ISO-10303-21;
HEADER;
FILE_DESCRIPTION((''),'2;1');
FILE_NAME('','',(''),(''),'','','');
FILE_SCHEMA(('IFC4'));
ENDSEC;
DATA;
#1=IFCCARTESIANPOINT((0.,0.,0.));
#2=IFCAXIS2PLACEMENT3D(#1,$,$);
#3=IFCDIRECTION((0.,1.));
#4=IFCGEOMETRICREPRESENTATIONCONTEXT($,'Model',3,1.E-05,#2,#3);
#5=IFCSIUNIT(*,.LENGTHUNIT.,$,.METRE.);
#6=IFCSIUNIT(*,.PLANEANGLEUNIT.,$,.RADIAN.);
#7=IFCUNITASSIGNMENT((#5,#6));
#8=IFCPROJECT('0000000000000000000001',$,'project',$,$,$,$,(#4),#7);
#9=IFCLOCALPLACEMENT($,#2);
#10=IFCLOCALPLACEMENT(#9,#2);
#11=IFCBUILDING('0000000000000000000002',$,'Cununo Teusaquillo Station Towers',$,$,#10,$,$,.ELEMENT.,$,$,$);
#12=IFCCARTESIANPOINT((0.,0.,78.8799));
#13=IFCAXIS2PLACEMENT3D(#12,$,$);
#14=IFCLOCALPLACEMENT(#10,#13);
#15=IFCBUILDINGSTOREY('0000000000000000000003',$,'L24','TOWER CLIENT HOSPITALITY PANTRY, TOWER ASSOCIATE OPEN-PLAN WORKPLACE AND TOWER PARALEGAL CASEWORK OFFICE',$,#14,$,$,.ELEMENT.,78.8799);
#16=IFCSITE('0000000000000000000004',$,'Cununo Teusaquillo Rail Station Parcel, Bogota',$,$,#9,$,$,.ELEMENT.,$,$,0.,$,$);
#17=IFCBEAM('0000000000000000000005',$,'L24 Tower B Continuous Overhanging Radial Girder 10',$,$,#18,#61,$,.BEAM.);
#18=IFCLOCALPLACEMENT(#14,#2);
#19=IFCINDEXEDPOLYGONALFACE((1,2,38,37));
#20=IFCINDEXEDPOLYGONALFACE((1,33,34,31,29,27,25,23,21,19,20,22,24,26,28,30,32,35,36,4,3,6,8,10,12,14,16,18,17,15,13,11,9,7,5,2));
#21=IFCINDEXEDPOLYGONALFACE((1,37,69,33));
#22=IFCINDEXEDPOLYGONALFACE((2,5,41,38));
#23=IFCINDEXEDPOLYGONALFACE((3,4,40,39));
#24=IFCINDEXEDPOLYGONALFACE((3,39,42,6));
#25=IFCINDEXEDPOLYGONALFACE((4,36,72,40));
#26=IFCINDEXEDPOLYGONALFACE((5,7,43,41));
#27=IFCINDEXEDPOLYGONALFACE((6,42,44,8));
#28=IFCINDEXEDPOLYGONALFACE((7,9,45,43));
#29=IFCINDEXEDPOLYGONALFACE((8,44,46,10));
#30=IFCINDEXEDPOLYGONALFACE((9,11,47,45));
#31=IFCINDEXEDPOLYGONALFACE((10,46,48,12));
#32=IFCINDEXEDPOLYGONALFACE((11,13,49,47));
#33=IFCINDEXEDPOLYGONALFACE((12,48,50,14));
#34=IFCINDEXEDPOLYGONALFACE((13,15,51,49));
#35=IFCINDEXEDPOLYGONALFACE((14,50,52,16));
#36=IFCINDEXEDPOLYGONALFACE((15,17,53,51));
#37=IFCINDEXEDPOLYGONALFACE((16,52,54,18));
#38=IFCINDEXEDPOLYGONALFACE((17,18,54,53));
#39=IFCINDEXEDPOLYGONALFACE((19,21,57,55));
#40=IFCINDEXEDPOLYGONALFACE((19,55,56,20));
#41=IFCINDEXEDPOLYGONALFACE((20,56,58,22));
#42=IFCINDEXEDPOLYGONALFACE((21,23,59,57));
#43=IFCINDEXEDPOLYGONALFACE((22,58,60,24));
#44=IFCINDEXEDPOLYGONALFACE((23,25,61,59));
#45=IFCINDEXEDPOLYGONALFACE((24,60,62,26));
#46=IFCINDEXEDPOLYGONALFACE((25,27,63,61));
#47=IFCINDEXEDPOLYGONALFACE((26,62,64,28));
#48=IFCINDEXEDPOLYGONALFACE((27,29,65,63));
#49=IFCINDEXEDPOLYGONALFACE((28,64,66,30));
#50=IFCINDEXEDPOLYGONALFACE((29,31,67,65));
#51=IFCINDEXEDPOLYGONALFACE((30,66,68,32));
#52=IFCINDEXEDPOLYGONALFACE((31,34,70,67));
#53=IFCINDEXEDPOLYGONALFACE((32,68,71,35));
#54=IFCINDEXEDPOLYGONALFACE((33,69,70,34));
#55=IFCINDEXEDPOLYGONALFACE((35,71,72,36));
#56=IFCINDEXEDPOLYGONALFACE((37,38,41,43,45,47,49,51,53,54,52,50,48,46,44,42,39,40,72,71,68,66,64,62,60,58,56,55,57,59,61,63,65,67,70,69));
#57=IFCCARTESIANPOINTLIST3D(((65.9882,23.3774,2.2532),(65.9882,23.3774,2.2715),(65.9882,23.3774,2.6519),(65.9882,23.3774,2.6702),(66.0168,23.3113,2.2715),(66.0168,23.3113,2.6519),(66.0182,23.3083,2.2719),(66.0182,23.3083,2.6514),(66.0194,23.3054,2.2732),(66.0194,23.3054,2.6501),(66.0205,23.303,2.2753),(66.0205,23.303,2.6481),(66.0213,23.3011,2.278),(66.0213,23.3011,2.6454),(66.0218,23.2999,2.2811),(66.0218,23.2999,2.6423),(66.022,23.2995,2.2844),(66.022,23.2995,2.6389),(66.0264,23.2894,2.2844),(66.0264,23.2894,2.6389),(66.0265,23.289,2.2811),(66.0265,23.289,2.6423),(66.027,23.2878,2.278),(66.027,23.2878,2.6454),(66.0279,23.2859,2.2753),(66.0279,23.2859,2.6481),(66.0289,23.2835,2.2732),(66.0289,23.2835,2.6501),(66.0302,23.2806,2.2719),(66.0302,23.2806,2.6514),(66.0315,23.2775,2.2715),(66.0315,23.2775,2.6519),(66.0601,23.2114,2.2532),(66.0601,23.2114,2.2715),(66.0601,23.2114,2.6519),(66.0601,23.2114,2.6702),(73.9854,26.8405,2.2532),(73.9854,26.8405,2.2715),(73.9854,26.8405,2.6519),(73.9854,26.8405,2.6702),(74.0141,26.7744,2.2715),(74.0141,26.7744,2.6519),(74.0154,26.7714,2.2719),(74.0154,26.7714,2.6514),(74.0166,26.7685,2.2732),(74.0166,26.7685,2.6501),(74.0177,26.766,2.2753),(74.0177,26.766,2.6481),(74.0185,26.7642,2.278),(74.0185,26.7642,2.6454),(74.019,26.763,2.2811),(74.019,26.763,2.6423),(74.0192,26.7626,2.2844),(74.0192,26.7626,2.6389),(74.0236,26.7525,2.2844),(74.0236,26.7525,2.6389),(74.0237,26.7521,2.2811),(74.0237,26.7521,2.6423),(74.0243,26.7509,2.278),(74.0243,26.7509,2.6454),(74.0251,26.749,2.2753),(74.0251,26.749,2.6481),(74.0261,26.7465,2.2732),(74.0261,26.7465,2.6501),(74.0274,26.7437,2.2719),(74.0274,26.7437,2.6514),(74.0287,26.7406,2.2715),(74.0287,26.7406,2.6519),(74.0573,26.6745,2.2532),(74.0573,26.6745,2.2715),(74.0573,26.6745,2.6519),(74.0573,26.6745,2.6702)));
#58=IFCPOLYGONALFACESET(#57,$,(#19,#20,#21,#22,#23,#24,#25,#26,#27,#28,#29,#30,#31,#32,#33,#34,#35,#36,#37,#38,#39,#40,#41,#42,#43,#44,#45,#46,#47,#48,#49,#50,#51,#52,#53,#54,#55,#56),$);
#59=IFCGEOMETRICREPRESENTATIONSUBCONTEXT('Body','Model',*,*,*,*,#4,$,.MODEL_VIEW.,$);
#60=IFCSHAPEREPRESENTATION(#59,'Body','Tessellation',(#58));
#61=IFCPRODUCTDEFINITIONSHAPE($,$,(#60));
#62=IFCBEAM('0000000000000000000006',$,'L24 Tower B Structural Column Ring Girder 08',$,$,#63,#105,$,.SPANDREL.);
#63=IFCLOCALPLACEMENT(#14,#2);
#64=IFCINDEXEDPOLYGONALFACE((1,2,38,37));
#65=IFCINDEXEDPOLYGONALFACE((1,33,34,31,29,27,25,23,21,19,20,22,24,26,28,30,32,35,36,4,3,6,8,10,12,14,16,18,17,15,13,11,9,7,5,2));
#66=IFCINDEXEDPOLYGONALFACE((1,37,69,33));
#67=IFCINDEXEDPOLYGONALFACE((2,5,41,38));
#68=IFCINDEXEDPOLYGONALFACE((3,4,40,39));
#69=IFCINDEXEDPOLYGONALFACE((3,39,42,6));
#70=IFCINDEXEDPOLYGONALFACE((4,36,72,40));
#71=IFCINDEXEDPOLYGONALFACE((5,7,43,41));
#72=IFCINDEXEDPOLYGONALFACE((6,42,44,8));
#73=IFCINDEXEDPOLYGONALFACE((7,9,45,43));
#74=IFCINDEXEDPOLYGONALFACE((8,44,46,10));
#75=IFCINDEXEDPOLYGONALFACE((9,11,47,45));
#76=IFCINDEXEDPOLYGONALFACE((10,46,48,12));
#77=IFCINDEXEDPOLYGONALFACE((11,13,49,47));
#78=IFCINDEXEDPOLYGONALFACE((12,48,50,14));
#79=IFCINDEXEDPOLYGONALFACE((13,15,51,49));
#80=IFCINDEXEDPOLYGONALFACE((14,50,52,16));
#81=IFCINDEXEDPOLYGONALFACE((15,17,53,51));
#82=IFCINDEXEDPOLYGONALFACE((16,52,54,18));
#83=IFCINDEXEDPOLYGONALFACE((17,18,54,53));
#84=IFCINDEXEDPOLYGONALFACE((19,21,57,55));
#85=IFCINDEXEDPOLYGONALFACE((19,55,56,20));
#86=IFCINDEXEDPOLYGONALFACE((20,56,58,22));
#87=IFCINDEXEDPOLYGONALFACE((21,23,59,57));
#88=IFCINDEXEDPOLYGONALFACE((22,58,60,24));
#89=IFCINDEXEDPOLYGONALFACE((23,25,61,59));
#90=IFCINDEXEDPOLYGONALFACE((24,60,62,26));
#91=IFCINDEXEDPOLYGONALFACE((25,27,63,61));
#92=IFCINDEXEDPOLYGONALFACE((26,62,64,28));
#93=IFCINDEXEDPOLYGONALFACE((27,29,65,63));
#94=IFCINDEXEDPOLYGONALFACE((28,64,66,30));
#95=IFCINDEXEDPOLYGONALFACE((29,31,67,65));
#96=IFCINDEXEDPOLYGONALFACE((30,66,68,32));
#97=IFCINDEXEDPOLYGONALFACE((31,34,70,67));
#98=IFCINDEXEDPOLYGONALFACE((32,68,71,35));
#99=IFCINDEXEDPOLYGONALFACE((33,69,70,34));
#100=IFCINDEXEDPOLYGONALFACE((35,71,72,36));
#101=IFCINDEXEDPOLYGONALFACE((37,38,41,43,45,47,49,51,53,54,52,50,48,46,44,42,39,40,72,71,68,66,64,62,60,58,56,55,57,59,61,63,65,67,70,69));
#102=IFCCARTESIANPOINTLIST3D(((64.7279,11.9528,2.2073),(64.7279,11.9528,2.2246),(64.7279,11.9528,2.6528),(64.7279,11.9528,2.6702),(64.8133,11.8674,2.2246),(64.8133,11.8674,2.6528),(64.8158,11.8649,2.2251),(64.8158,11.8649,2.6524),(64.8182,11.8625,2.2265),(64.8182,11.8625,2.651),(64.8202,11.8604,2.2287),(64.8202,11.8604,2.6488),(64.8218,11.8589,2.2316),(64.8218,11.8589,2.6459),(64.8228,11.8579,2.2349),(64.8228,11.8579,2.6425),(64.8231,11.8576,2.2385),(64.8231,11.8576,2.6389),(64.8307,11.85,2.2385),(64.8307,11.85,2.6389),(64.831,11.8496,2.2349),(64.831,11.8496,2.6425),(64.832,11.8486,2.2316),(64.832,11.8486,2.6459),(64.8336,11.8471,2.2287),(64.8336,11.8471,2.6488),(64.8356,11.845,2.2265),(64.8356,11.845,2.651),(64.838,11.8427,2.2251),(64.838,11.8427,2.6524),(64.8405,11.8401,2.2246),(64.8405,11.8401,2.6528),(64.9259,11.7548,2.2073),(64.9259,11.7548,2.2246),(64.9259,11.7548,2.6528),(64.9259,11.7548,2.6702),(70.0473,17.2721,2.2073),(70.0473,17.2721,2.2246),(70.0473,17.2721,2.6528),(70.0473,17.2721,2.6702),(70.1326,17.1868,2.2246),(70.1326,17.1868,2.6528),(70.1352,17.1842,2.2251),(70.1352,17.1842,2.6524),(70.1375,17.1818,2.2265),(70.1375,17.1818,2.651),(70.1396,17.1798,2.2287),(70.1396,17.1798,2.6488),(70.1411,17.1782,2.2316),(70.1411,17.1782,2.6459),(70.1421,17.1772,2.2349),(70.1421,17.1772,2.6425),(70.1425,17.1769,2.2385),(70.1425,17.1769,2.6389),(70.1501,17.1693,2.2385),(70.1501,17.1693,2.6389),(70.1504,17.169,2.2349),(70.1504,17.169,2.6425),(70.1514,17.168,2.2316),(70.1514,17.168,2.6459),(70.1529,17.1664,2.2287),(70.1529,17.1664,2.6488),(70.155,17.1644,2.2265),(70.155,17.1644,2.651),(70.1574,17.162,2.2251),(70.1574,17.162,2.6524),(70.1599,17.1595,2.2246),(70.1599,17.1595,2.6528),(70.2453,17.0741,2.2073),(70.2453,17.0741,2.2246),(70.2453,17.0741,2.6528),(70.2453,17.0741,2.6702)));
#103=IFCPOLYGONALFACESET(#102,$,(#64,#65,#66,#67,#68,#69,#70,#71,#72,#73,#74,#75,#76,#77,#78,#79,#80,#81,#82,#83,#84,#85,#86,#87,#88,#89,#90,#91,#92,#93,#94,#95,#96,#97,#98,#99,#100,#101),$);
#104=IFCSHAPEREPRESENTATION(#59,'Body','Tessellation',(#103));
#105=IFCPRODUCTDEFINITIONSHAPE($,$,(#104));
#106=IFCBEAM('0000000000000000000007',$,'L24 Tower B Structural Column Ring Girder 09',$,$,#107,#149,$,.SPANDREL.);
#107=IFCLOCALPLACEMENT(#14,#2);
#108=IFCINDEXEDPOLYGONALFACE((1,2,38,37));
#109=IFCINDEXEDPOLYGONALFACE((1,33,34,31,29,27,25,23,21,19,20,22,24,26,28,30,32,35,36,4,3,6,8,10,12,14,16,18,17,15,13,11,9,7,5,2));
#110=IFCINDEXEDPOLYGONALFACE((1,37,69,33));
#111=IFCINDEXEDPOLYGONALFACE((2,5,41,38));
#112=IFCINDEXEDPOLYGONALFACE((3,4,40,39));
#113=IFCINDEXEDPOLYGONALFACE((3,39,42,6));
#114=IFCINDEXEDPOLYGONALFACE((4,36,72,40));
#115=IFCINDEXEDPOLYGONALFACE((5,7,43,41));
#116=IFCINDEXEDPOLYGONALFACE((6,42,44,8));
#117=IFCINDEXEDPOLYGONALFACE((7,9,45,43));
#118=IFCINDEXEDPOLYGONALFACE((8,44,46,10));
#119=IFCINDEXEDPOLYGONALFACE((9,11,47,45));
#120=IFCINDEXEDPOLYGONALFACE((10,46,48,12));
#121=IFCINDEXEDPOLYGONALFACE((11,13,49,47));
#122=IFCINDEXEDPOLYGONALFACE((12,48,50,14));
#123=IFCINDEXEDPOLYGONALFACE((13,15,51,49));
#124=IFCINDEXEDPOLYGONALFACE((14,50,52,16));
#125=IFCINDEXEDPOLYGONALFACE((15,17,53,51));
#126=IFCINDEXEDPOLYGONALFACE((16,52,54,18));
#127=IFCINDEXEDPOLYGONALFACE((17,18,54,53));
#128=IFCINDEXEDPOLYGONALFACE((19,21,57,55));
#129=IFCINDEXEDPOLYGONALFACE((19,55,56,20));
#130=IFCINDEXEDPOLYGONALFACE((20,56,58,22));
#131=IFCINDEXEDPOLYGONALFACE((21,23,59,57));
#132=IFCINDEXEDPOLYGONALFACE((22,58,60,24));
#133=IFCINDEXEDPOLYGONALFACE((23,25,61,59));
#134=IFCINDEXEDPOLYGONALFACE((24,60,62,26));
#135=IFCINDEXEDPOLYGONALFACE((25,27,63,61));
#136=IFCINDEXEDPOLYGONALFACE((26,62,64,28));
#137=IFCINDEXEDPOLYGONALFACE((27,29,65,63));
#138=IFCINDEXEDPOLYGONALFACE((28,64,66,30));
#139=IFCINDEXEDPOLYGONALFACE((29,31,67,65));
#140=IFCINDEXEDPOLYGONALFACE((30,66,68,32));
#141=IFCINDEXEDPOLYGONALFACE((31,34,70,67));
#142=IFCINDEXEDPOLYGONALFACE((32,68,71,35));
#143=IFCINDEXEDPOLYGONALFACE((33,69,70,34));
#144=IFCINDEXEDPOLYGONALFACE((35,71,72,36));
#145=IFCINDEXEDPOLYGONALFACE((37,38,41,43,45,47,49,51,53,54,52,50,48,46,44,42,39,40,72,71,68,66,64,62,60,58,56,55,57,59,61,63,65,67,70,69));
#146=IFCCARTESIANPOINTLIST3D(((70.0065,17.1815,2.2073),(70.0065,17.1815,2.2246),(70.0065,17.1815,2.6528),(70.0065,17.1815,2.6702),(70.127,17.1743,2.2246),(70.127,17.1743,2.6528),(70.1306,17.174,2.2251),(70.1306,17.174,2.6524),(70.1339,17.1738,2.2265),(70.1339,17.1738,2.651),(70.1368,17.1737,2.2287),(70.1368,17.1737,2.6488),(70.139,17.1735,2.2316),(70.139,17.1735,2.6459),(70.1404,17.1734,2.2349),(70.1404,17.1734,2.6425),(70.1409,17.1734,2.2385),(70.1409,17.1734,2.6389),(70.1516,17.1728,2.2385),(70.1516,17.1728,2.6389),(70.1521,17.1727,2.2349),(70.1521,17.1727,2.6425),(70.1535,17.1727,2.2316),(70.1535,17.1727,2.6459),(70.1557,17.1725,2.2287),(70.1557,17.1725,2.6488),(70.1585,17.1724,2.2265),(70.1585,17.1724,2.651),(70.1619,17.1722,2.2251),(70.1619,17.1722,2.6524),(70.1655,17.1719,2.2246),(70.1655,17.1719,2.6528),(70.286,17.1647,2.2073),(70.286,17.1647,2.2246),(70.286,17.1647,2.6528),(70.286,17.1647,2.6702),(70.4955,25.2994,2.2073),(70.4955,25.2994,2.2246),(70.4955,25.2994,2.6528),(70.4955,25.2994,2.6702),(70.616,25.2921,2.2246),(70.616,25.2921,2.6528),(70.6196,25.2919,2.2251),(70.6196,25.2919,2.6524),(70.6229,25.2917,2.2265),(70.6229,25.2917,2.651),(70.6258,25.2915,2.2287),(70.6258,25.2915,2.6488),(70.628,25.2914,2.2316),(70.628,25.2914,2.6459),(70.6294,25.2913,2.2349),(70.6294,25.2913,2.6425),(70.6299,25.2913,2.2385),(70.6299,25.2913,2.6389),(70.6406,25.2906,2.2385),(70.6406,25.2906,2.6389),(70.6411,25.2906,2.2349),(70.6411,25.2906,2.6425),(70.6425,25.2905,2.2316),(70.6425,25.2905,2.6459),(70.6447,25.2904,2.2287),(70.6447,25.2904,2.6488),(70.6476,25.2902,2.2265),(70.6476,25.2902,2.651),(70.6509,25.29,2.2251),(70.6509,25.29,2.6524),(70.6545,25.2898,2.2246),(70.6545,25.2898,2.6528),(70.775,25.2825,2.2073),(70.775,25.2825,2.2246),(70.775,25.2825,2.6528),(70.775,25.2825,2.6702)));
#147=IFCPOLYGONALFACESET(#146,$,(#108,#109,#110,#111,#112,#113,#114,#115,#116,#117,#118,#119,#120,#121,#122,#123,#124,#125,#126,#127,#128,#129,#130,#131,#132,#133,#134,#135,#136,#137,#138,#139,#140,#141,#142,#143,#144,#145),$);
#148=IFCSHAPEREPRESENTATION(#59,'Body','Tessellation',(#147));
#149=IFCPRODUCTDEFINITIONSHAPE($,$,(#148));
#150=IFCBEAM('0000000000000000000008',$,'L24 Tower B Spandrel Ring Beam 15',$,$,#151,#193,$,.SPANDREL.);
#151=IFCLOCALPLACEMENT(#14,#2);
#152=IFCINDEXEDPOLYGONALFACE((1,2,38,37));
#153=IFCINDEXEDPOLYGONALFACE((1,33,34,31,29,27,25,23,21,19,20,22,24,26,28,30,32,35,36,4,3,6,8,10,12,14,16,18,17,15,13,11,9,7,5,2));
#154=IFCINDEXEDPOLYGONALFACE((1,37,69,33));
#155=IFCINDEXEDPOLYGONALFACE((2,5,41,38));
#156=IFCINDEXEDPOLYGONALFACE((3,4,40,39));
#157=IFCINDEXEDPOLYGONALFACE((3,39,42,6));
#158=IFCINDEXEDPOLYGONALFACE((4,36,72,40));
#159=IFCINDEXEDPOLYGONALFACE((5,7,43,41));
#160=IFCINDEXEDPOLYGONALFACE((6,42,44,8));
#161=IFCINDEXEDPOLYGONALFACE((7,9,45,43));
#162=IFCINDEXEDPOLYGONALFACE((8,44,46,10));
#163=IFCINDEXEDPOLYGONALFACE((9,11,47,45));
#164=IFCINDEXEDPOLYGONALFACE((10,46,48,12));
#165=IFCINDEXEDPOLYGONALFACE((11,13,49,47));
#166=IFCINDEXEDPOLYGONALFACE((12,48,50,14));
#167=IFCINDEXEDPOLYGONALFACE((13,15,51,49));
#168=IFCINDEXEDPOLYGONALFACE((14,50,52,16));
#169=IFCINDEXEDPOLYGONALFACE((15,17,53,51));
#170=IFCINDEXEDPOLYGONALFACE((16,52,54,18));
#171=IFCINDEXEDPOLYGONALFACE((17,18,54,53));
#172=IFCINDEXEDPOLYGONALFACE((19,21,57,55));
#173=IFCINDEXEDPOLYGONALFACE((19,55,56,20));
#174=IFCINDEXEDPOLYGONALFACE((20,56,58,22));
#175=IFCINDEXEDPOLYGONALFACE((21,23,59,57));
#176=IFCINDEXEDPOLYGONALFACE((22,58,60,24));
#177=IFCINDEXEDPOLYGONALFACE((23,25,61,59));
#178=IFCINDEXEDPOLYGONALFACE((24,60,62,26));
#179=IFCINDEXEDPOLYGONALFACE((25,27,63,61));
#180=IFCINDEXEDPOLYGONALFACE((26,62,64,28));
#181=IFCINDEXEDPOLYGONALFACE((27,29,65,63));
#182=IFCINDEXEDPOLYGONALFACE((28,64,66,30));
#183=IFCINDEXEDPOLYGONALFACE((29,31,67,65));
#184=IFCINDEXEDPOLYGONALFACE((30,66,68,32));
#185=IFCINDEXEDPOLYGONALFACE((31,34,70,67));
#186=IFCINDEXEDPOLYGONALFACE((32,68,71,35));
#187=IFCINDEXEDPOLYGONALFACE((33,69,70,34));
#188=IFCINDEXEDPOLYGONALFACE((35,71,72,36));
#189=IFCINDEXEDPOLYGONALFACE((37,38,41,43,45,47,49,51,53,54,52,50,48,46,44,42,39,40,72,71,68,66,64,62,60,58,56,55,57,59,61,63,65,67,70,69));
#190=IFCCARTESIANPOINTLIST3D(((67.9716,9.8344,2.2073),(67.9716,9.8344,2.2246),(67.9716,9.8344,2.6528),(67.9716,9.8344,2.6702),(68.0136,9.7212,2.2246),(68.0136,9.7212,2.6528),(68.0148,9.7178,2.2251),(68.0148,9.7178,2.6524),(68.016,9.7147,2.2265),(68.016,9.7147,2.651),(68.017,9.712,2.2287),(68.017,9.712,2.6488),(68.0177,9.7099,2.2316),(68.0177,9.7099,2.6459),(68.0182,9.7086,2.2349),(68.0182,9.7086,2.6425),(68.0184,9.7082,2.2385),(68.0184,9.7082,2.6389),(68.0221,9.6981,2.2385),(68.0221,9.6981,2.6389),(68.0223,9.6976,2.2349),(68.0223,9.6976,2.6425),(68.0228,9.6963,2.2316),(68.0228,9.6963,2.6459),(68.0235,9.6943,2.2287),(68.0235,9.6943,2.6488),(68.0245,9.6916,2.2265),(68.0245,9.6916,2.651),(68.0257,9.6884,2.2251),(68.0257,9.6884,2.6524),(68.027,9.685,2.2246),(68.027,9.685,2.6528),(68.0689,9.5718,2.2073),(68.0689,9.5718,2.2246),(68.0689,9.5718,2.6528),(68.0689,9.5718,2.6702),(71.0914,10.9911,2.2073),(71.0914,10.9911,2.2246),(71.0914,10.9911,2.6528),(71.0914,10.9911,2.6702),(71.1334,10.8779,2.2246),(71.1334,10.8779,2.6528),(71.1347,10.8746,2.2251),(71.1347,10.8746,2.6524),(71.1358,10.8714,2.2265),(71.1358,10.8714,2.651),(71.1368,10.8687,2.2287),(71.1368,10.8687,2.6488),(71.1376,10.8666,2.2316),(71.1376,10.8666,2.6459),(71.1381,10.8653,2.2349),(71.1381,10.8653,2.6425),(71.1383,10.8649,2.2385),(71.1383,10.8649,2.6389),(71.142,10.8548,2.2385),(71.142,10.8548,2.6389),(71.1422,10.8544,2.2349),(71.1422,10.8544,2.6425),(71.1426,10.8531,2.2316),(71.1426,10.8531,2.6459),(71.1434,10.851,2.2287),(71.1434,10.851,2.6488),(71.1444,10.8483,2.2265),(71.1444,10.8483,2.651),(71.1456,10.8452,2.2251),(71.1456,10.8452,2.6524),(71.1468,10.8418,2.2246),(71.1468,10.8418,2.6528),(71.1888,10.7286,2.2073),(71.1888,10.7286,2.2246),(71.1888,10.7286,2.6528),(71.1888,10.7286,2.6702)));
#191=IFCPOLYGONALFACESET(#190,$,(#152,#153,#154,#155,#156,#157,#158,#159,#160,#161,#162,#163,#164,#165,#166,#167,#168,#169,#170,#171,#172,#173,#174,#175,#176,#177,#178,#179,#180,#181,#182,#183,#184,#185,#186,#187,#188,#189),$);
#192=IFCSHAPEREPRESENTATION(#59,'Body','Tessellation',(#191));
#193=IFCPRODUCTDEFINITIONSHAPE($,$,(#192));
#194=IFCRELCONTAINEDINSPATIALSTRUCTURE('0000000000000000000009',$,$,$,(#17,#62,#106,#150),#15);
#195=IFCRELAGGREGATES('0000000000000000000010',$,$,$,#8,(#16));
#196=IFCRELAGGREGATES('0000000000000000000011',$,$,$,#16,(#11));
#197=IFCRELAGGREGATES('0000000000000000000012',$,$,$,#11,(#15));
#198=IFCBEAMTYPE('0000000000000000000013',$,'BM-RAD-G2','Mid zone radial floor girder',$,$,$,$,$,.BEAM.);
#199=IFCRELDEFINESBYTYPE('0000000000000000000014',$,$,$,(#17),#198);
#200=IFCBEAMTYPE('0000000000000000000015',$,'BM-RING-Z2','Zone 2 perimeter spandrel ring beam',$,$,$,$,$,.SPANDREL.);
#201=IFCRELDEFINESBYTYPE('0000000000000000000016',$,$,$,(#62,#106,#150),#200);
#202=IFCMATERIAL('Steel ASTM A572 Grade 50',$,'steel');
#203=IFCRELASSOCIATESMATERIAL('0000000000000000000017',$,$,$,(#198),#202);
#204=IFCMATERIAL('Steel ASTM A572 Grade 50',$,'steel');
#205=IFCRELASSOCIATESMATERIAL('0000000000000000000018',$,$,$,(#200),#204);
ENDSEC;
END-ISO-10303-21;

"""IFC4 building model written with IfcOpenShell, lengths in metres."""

from ifc_helpers import new_model, si_unit, direction, frame, origin, origin_2d, place, context, subcontext, project, spatial, i_section, extrude, material, material_profile, profile_set, type_object, element, save


model = new_model("IFC4")

# Units and contexts
model_context = context("Model", 3, precision=1e-05, world=origin(), true_north=direction((0.0, 1.0)))
body_context = subcontext(model_context, "Body", "Model", "MODEL_VIEW")
ifc_project = project(units=[si_unit("LENGTHUNIT", "METRE"), si_unit("PLANEANGLEUNIT", "RADIAN")], contexts=[model_context])

# Site, building, storey
site_placement = place(None, origin())
site = spatial("IfcSite", under=ifc_project, at=site_placement, Name="Cununo Teusaquillo Rail Station Parcel, Bogota", CompositionType="ELEMENT", RefElevation=0.0)
building_placement = place(site_placement, origin())
building = spatial("IfcBuilding", under=site, at=building_placement, Name="Cununo Teusaquillo Station Towers", CompositionType="ELEMENT")
storey_placement = place(building_placement, frame((0.0, 0.0, 78.8799)))
storey = spatial("IfcBuildingStorey", under=building, at=storey_placement, Name="L24", Description="TOWER CLIENT HOSPITALITY PANTRY, TOWER ASSOCIATE OPEN-PLAN WORKPLACE AND TOWER PARALEGAL CASEWORK OFFICE", CompositionType="ELEMENT", Elevation=78.8799)

# Beams
ifc_material_1 = material(Name="Steel ASTM A572 Grade 50", Category="steel")
ifc_material_profile_1 = material_profile(ifc_material_1, i_section(OverallWidth=0.1809, OverallDepth=0.417, WebThickness=0.011, FlangeThickness=0.0183, FilletRadius=0.0129, at=origin_2d()), Name="W16X57")
ifc_profile_set_1 = profile_set([ifc_material_profile_1], Name="Steel ASTM A572 Grade 50")
beam_type_1 = type_object("IfcBeamType", Name="BM-RAD-G2", Description="Mid zone radial floor girder", PredefinedType="BEAM", material=ifc_profile_set_1)
beam_1_placement = place(storey_placement, frame((66.0242, 23.2944, 2.4617), z_axis=(0.917655, 0.397379, 0.0), x_axis=(-0.397379, 0.917655, 0.0)))
element("IfcBeam", 1, at=beam_1_placement, inside=storey, type_object=beam_type_1, Name="L24 Tower B Continuous Overhanging Radial Girder 10", PredefinedType="BEAM", context=body_context, shape_type="SweptSolid", body=[
    extrude(i_section(OverallWidth=0.1809, OverallDepth=0.417, WebThickness=0.011, FlangeThickness=0.0183, FilletRadius=0.0129, at=origin_2d()), origin(), (0.0, 0.0, 1.0), 8.7148),
])
ifc_material_2 = material(Name="Steel ASTM A572 Grade 50", Category="steel")
ifc_material_profile_2 = material_profile(ifc_material_2, i_section(OverallWidth=0.28, OverallDepth=0.4629, WebThickness=0.0107, FlangeThickness=0.0173, FilletRadius=0.0139, at=origin_2d()), Name="W18X76")
ifc_profile_set_2 = profile_set([ifc_material_profile_2], Name="Steel ASTM A572 Grade 50")
beam_type_2 = type_object("IfcBeamType", Name="BM-RING-Z2", Description="Zone 2 perimeter spandrel ring beam", PredefinedType="SPANDREL", material=ifc_profile_set_2)
beam_2_placement = place(storey_placement, frame((64.8269, 11.8538, 2.4387), z_axis=(0.707107, 0.707107, 0.0), x_axis=(-0.707107, 0.707107, 0.0)))
element("IfcBeam", 2, at=beam_2_placement, inside=storey, type_object=beam_type_2, Name="L24 Tower B Structural Column Ring Girder 08", PredefinedType="SPANDREL", context=body_context, shape_type="SweptSolid", body=[
    extrude(i_section(OverallWidth=0.28, OverallDepth=0.4629, WebThickness=0.0107, FlangeThickness=0.0173, FilletRadius=0.0139, at=origin_2d()), origin(), (0.0, 0.0, 1.0), 7.5227),
])
beam_3_placement = place(storey_placement, frame((70.1462, 17.1731, 2.4387), z_axis=(0.06013, 0.998191, 0.0), x_axis=(-0.998191, 0.06013, 0.0)))
element("IfcBeam", 3, at=beam_3_placement, inside=storey, type_object=beam_type_2, Name="L24 Tower B Structural Column Ring Girder 09", PredefinedType="SPANDREL", context=body_context, shape_type="SweptSolid", body=[
    extrude(i_section(OverallWidth=0.28, OverallDepth=0.4629, WebThickness=0.0107, FlangeThickness=0.0173, FilletRadius=0.0139, at=origin_2d()), origin(), (0.0, 0.0, 1.0), 8.1326),
])
for number, where, z_axis, x_axis, name in (
    (4, (68.0203, 9.7031, 2.4387), (0.937628, 0.347639, 0.0), (-0.347639, 0.937628, 0.0), "L24 Tower B Spandrel Ring Beam 15"),
):
    element("IfcBeam", number, at=place(storey_placement, frame(where, z_axis=z_axis, x_axis=x_axis)), inside=storey, type_object=beam_type_2, Name=name, PredefinedType="SPANDREL", context=body_context, shape_type="SweptSolid", body=[
        extrude(i_section(OverallWidth=0.28, OverallDepth=0.4629, WebThickness=0.0107, FlangeThickness=0.0173, FilletRadius=0.0139, at=origin_2d()), origin(), (0.0, 0.0, 1.0), 3.3274),
    ])

save(model, "model.ifc")
